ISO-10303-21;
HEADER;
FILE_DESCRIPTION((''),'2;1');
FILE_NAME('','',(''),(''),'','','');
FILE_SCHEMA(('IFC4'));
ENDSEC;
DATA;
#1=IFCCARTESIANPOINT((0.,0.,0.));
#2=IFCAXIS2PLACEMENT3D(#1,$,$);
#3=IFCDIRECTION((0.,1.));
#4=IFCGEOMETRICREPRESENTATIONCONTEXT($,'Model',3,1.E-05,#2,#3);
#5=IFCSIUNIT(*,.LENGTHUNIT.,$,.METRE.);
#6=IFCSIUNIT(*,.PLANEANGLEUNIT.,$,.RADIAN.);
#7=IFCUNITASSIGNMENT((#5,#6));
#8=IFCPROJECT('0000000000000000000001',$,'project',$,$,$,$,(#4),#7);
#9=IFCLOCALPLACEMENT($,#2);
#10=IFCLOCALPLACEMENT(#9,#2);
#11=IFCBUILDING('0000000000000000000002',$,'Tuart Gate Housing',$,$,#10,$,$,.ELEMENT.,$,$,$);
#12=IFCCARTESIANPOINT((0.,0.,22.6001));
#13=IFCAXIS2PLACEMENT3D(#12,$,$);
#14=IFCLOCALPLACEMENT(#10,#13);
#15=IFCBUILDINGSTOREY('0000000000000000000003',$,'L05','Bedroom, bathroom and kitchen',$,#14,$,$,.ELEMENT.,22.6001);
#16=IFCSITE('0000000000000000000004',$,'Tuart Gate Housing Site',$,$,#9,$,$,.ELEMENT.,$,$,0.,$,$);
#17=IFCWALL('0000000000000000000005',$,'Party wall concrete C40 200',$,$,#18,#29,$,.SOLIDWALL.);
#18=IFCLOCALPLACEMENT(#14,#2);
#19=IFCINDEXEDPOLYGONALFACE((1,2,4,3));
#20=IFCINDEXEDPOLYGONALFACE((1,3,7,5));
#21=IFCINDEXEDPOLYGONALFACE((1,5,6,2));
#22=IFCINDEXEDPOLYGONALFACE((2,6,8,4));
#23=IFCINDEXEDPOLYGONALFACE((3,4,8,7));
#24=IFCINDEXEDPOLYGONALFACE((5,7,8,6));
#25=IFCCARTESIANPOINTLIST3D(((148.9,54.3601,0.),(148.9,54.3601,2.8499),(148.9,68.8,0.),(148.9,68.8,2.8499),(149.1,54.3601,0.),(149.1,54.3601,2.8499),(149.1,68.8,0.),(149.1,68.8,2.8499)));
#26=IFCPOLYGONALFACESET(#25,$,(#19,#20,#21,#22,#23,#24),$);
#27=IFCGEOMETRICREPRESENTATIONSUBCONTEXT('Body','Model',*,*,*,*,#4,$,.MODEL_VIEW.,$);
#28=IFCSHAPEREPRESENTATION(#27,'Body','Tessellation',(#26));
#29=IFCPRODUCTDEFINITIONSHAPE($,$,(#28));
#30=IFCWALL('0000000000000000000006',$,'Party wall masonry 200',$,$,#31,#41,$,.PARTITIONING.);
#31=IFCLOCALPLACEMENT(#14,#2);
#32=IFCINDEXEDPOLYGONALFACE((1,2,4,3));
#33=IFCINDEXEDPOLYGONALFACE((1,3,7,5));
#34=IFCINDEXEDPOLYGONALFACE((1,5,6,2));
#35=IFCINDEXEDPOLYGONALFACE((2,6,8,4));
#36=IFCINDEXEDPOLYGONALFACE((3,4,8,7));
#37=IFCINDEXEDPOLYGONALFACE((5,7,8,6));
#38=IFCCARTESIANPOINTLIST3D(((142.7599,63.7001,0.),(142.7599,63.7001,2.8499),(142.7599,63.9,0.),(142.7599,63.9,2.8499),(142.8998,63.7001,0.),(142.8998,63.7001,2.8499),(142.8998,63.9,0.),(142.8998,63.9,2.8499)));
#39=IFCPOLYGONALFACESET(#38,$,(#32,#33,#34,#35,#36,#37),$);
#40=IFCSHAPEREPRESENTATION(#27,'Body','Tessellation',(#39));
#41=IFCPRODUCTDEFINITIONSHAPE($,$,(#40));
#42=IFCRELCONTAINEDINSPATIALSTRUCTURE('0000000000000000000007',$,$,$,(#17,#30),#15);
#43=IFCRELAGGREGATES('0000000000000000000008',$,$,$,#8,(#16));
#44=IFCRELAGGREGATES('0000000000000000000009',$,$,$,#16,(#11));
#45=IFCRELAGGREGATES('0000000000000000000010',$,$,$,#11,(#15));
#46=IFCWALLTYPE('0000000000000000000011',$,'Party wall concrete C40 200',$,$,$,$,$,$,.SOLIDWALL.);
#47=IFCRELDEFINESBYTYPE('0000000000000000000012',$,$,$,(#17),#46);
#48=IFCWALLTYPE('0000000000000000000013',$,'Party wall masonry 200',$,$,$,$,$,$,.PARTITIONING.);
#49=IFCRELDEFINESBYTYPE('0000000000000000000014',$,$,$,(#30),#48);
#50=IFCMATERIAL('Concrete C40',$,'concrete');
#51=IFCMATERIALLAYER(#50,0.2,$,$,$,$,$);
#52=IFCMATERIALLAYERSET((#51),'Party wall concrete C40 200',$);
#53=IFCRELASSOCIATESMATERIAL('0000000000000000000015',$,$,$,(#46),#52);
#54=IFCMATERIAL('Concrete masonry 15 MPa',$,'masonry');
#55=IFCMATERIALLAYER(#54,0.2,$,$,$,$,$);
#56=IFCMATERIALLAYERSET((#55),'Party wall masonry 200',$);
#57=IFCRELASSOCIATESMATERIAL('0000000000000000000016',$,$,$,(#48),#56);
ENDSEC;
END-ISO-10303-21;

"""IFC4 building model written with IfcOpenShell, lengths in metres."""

from ifc_helpers import new_model, si_unit, direction, frame, frame_2d, origin, place, context, subcontext, project, spatial, rectangle, extrude, material, layer, layer_set, type_object, element, save


model = new_model("IFC4")

# Units and contexts
model_context = context("Model", 3, precision=1e-05, world=origin(), true_north=direction((0.0, 1.0)))
body_context = subcontext(model_context, "Body", "Model", "MODEL_VIEW")
ifc_project = project(units=[si_unit("LENGTHUNIT", "METRE"), si_unit("PLANEANGLEUNIT", "RADIAN")], contexts=[model_context])

# Site, building, storey
site_placement = place(None, origin())
site = spatial("IfcSite", under=ifc_project, at=site_placement, Name="Tuart Gate Housing Site", CompositionType="ELEMENT", RefElevation=0.0)
building_placement = place(site_placement, origin())
building = spatial("IfcBuilding", under=site, at=building_placement, Name="Tuart Gate Housing", CompositionType="ELEMENT")
storey_placement = place(building_placement, frame((0.0, 0.0, 22.6001)))
storey = spatial("IfcBuildingStorey", under=building, at=storey_placement, Name="L05", Description="Bedroom, bathroom and kitchen", CompositionType="ELEMENT", Elevation=22.6001)

# Walls
ifc_material_1 = material(Name="Concrete C40", Category="concrete")
ifc_layer_1 = layer(ifc_material_1, 0.2)
ifc_layer_set_1 = layer_set([ifc_layer_1], Name="Party wall concrete C40 200")
wall_type_1 = type_object("IfcWallType", Name="Party wall concrete C40 200", PredefinedType="SOLIDWALL", material=ifc_layer_set_1)
wall_1_placement = place(storey_placement, frame((149.0, 54.3601, 0.0), z_axis=(0.0, 0.0, 1.0), x_axis=(0.0, 1.0, 0.0)))
element("IfcWall", 1, at=wall_1_placement, inside=storey, type_object=wall_type_1, Name="Party wall concrete C40 200", PredefinedType="SOLIDWALL", context=body_context, shape_type="SweptSolid", body=[
    extrude(rectangle(XDim=14.4399, YDim=0.2, at=frame_2d((7.22, 0.0))), origin(), (0.0, 0.0, 1.0), 2.8499),
])
ifc_material_2 = material(Name="Concrete masonry 15 MPa", Category="masonry")
ifc_layer_2 = layer(ifc_material_2, 0.2)
ifc_layer_set_2 = layer_set([ifc_layer_2], Name="Party wall masonry 200")
wall_type_2 = type_object("IfcWallType", Name="Party wall masonry 200", PredefinedType="PARTITIONING", material=ifc_layer_set_2)
wall_2_placement = place(storey_placement, frame((142.76, 63.8, 0.0), z_axis=(0.0, 0.0, 1.0), x_axis=(1.0, 0.0, 0.0)))
element("IfcWall", 2, at=wall_2_placement, inside=storey, type_object=wall_type_2, Name="Party wall masonry 200", PredefinedType="PARTITIONING", context=body_context, shape_type="SweptSolid", body=[
    extrude(rectangle(XDim=0.1399, YDim=0.2, at=frame_2d((0.0698, 0.0))), origin(), (0.0, 0.0, 1.0), 2.8499),
])

save(model, "model.ifc")
